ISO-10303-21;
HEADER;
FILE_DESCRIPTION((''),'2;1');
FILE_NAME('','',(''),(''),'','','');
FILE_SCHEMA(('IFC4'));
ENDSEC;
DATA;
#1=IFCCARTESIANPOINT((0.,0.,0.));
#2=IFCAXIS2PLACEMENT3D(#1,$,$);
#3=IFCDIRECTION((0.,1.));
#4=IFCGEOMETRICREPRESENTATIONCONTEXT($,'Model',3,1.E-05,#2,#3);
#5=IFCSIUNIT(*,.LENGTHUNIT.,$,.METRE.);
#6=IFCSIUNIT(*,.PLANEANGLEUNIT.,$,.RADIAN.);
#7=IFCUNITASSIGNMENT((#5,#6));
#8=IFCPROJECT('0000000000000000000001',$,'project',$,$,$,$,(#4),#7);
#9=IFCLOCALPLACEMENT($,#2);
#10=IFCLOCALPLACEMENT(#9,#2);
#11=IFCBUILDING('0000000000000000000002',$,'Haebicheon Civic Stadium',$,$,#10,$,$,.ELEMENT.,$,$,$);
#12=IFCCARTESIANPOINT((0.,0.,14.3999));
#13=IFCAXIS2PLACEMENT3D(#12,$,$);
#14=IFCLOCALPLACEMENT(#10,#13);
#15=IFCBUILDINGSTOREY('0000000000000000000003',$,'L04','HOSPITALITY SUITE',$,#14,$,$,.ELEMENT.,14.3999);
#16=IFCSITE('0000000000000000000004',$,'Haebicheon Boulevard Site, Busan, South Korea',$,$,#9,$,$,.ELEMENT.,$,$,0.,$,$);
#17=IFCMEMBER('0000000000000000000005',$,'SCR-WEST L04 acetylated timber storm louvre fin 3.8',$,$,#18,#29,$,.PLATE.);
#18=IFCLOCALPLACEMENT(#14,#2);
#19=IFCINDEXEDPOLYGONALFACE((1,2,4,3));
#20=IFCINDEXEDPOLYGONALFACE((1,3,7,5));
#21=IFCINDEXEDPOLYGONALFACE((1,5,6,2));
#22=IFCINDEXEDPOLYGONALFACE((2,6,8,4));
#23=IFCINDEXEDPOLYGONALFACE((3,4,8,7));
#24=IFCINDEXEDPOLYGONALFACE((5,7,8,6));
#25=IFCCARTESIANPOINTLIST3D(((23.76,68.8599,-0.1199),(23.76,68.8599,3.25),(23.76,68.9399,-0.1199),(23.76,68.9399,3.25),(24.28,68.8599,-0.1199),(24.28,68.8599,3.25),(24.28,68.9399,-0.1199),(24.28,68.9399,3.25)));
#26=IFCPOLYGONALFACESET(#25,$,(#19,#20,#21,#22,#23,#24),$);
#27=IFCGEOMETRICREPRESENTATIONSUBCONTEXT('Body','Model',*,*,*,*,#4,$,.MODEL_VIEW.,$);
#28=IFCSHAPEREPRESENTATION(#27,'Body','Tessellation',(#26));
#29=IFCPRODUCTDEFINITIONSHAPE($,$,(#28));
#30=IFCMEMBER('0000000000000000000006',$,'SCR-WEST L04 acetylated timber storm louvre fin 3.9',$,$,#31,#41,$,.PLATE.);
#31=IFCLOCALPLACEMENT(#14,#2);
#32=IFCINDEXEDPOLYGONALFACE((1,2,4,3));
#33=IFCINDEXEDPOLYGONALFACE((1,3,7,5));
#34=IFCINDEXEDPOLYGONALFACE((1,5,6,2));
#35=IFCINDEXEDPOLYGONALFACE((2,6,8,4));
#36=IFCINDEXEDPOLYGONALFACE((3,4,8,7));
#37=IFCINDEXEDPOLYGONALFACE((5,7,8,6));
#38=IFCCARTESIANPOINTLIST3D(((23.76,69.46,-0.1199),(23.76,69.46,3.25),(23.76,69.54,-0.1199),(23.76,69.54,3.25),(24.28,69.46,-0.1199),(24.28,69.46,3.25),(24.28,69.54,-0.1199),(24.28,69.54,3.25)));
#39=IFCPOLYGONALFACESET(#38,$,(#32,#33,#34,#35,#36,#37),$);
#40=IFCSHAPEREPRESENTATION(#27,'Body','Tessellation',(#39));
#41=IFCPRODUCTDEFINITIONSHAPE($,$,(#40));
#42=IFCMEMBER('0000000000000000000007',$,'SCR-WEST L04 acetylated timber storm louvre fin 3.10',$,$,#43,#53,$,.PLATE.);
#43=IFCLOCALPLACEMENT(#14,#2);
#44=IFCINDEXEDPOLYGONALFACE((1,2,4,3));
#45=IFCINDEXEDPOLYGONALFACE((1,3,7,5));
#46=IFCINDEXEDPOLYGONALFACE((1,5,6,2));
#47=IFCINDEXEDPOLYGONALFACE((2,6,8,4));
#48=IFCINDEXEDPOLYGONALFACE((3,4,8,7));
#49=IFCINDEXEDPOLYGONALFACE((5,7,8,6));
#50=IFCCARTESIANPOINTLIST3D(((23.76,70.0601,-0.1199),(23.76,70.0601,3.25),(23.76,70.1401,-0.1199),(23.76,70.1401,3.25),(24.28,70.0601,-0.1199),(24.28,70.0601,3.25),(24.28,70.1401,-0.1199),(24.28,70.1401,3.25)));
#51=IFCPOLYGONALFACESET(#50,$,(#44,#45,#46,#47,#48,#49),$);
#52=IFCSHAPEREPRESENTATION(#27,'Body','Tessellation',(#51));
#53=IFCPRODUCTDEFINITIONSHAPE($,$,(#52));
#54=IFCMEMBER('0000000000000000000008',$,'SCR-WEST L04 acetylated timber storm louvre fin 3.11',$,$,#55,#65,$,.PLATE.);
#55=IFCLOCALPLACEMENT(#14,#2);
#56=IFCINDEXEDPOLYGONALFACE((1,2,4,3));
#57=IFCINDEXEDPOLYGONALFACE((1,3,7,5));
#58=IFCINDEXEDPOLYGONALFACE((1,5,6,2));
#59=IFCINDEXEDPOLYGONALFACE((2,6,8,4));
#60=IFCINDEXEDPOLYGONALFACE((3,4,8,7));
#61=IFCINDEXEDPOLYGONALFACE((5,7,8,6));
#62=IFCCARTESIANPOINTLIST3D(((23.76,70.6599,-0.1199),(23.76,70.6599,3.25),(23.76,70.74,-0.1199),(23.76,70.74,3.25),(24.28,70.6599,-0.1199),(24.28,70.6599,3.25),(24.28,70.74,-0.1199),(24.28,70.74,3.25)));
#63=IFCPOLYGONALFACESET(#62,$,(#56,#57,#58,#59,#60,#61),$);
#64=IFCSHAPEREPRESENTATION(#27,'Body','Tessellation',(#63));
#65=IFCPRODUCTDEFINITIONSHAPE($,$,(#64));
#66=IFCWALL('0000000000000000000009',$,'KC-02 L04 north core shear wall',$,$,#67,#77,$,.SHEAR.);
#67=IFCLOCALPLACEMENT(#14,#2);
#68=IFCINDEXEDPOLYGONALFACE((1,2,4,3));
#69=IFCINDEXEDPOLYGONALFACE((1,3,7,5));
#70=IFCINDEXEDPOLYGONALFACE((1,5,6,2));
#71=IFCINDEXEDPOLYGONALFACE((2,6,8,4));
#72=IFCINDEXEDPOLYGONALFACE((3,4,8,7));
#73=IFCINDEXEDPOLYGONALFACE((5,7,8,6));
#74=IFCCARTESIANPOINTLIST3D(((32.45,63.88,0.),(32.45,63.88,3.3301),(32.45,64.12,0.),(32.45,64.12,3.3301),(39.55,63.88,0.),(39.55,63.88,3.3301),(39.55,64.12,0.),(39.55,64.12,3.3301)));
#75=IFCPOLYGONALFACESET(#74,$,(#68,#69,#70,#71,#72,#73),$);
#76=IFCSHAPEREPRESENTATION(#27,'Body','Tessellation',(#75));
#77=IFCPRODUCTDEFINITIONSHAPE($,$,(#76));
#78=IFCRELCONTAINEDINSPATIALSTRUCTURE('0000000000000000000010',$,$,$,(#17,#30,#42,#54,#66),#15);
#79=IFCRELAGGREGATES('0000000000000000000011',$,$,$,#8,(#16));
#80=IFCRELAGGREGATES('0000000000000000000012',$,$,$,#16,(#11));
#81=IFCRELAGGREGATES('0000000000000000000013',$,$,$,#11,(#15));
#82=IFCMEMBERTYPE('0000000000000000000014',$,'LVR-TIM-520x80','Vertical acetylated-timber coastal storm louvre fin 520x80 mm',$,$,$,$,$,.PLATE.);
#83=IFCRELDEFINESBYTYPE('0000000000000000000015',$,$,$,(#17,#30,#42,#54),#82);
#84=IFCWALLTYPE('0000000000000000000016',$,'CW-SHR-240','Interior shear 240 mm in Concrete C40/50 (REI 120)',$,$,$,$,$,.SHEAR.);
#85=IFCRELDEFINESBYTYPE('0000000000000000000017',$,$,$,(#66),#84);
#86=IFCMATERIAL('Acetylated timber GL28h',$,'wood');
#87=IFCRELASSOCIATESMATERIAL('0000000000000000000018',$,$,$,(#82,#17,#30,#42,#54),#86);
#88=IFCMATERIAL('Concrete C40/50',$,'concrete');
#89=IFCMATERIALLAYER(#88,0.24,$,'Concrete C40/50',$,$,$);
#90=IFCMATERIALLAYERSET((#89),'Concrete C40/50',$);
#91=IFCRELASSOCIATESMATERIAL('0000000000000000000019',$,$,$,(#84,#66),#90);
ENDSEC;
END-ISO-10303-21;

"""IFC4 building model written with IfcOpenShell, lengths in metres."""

from ifc_helpers import new_model, si_unit, direction, frame, frame_2d, origin, origin_2d, place, context, subcontext, project, spatial, rectangle, extrude, material, layer, layer_set, material_profile, profile_set, type_object, element, save


model = new_model("IFC4")

# Units and contexts
model_context = context("Model", 3, precision=1e-05, world=origin(), true_north=direction((0.0, 1.0)))
body_context = subcontext(model_context, "Body", "Model", "MODEL_VIEW")
ifc_project = project(units=[si_unit("LENGTHUNIT", "METRE"), si_unit("PLANEANGLEUNIT", "RADIAN")], contexts=[model_context])

# Site, building, storey
site_placement = place(None, origin())
site = spatial("IfcSite", under=ifc_project, at=site_placement, Name="Haebicheon Boulevard Site, Busan, South Korea", CompositionType="ELEMENT", RefElevation=0.0)
building_placement = place(site_placement, origin())
building = spatial("IfcBuilding", under=site, at=building_placement, Name="Haebicheon Civic Stadium", CompositionType="ELEMENT")
storey_placement = place(building_placement, frame((0.0, 0.0, 14.3999)))
storey = spatial("IfcBuildingStorey", under=building, at=storey_placement, Name="L04", Description="HOSPITALITY SUITE", CompositionType="ELEMENT", Elevation=14.3999)

# Members
ifc_material_1 = material(Name="Acetylated timber GL28h", Category="wood")
ifc_material_profile_1 = material_profile(ifc_material_1, rectangle(XDim=0.0801, YDim=0.52, at=origin_2d()), Name="TMB-LOUV-80x520")
ifc_profile_set_1 = profile_set([ifc_material_profile_1], Name="Acetylated timber GL28h")
member_type = type_object("IfcMemberType", Name="LVR-TIM-520x80", Description="Vertical acetylated-timber coastal storm louvre fin 520x80 mm", PredefinedType="PLATE", material=ifc_profile_set_1)
for number, where, z_axis, x_axis, name in (
    (1, (24.02, 68.8999, -0.1199), (0.0, 0.0, 1.0), (0.0, 1.0, 0.0), "SCR-WEST L04 acetylated timber storm louvre fin 3.8"),
    (2, (24.02, 69.5, -0.1199), (0.0, 0.0, 1.0), (0.0, 1.0, 0.0), "SCR-WEST L04 acetylated timber storm louvre fin 3.9"),
    (3, (24.02, 70.1001, -0.1199), (0.0, 0.0, 1.0), (0.0, 1.0, 0.0), "SCR-WEST L04 acetylated timber storm louvre fin 3.10"),
    (4, (24.02, 70.7, -0.1199), (0.0, 0.0, 1.0), (0.0, 1.0, 0.0), "SCR-WEST L04 acetylated timber storm louvre fin 3.11"),
):
    element("IfcMember", number, at=place(storey_placement, frame(where, z_axis=z_axis, x_axis=x_axis)), inside=storey, type_object=member_type, material=ifc_profile_set_1, Name=name, PredefinedType="PLATE", context=body_context, shape_type="SweptSolid", body=[
        extrude(rectangle(XDim=0.0801, YDim=0.52, at=origin_2d()), origin(), (0.0, 0.0, 1.0), 3.3699),
    ])

# Wall
ifc_material_2 = material(Name="Concrete C40/50", Category="concrete")
ifc_layer_1 = layer(ifc_material_2, 0.24, Name="Concrete C40/50")
ifc_layer_set_1 = layer_set([ifc_layer_1], Name="Concrete C40/50")
wall_type_1 = type_object("IfcWallType", Name="CW-SHR-240", Description="Interior shear 240 mm in Concrete C40/50 (REI 120)", PredefinedType="SHEAR", material=ifc_layer_set_1)
wall_1_placement = place(storey_placement, frame((32.45, 64.0, 0.0), z_axis=(0.0, 0.0, 1.0), x_axis=(1.0, 0.0, 0.0)))
element("IfcWall", 5, at=wall_1_placement, inside=storey, type_object=wall_type_1, material=ifc_layer_set_1, Name="KC-02 L04 north core shear wall", PredefinedType="SHEAR", context=body_context, shape_type="SweptSolid", body=[
    extrude(rectangle(XDim=7.1001, YDim=0.24, at=frame_2d((3.55, 0.0))), origin(), (0.0, 0.0, 1.0), 3.3301),
])

save(model, "model.ifc")
